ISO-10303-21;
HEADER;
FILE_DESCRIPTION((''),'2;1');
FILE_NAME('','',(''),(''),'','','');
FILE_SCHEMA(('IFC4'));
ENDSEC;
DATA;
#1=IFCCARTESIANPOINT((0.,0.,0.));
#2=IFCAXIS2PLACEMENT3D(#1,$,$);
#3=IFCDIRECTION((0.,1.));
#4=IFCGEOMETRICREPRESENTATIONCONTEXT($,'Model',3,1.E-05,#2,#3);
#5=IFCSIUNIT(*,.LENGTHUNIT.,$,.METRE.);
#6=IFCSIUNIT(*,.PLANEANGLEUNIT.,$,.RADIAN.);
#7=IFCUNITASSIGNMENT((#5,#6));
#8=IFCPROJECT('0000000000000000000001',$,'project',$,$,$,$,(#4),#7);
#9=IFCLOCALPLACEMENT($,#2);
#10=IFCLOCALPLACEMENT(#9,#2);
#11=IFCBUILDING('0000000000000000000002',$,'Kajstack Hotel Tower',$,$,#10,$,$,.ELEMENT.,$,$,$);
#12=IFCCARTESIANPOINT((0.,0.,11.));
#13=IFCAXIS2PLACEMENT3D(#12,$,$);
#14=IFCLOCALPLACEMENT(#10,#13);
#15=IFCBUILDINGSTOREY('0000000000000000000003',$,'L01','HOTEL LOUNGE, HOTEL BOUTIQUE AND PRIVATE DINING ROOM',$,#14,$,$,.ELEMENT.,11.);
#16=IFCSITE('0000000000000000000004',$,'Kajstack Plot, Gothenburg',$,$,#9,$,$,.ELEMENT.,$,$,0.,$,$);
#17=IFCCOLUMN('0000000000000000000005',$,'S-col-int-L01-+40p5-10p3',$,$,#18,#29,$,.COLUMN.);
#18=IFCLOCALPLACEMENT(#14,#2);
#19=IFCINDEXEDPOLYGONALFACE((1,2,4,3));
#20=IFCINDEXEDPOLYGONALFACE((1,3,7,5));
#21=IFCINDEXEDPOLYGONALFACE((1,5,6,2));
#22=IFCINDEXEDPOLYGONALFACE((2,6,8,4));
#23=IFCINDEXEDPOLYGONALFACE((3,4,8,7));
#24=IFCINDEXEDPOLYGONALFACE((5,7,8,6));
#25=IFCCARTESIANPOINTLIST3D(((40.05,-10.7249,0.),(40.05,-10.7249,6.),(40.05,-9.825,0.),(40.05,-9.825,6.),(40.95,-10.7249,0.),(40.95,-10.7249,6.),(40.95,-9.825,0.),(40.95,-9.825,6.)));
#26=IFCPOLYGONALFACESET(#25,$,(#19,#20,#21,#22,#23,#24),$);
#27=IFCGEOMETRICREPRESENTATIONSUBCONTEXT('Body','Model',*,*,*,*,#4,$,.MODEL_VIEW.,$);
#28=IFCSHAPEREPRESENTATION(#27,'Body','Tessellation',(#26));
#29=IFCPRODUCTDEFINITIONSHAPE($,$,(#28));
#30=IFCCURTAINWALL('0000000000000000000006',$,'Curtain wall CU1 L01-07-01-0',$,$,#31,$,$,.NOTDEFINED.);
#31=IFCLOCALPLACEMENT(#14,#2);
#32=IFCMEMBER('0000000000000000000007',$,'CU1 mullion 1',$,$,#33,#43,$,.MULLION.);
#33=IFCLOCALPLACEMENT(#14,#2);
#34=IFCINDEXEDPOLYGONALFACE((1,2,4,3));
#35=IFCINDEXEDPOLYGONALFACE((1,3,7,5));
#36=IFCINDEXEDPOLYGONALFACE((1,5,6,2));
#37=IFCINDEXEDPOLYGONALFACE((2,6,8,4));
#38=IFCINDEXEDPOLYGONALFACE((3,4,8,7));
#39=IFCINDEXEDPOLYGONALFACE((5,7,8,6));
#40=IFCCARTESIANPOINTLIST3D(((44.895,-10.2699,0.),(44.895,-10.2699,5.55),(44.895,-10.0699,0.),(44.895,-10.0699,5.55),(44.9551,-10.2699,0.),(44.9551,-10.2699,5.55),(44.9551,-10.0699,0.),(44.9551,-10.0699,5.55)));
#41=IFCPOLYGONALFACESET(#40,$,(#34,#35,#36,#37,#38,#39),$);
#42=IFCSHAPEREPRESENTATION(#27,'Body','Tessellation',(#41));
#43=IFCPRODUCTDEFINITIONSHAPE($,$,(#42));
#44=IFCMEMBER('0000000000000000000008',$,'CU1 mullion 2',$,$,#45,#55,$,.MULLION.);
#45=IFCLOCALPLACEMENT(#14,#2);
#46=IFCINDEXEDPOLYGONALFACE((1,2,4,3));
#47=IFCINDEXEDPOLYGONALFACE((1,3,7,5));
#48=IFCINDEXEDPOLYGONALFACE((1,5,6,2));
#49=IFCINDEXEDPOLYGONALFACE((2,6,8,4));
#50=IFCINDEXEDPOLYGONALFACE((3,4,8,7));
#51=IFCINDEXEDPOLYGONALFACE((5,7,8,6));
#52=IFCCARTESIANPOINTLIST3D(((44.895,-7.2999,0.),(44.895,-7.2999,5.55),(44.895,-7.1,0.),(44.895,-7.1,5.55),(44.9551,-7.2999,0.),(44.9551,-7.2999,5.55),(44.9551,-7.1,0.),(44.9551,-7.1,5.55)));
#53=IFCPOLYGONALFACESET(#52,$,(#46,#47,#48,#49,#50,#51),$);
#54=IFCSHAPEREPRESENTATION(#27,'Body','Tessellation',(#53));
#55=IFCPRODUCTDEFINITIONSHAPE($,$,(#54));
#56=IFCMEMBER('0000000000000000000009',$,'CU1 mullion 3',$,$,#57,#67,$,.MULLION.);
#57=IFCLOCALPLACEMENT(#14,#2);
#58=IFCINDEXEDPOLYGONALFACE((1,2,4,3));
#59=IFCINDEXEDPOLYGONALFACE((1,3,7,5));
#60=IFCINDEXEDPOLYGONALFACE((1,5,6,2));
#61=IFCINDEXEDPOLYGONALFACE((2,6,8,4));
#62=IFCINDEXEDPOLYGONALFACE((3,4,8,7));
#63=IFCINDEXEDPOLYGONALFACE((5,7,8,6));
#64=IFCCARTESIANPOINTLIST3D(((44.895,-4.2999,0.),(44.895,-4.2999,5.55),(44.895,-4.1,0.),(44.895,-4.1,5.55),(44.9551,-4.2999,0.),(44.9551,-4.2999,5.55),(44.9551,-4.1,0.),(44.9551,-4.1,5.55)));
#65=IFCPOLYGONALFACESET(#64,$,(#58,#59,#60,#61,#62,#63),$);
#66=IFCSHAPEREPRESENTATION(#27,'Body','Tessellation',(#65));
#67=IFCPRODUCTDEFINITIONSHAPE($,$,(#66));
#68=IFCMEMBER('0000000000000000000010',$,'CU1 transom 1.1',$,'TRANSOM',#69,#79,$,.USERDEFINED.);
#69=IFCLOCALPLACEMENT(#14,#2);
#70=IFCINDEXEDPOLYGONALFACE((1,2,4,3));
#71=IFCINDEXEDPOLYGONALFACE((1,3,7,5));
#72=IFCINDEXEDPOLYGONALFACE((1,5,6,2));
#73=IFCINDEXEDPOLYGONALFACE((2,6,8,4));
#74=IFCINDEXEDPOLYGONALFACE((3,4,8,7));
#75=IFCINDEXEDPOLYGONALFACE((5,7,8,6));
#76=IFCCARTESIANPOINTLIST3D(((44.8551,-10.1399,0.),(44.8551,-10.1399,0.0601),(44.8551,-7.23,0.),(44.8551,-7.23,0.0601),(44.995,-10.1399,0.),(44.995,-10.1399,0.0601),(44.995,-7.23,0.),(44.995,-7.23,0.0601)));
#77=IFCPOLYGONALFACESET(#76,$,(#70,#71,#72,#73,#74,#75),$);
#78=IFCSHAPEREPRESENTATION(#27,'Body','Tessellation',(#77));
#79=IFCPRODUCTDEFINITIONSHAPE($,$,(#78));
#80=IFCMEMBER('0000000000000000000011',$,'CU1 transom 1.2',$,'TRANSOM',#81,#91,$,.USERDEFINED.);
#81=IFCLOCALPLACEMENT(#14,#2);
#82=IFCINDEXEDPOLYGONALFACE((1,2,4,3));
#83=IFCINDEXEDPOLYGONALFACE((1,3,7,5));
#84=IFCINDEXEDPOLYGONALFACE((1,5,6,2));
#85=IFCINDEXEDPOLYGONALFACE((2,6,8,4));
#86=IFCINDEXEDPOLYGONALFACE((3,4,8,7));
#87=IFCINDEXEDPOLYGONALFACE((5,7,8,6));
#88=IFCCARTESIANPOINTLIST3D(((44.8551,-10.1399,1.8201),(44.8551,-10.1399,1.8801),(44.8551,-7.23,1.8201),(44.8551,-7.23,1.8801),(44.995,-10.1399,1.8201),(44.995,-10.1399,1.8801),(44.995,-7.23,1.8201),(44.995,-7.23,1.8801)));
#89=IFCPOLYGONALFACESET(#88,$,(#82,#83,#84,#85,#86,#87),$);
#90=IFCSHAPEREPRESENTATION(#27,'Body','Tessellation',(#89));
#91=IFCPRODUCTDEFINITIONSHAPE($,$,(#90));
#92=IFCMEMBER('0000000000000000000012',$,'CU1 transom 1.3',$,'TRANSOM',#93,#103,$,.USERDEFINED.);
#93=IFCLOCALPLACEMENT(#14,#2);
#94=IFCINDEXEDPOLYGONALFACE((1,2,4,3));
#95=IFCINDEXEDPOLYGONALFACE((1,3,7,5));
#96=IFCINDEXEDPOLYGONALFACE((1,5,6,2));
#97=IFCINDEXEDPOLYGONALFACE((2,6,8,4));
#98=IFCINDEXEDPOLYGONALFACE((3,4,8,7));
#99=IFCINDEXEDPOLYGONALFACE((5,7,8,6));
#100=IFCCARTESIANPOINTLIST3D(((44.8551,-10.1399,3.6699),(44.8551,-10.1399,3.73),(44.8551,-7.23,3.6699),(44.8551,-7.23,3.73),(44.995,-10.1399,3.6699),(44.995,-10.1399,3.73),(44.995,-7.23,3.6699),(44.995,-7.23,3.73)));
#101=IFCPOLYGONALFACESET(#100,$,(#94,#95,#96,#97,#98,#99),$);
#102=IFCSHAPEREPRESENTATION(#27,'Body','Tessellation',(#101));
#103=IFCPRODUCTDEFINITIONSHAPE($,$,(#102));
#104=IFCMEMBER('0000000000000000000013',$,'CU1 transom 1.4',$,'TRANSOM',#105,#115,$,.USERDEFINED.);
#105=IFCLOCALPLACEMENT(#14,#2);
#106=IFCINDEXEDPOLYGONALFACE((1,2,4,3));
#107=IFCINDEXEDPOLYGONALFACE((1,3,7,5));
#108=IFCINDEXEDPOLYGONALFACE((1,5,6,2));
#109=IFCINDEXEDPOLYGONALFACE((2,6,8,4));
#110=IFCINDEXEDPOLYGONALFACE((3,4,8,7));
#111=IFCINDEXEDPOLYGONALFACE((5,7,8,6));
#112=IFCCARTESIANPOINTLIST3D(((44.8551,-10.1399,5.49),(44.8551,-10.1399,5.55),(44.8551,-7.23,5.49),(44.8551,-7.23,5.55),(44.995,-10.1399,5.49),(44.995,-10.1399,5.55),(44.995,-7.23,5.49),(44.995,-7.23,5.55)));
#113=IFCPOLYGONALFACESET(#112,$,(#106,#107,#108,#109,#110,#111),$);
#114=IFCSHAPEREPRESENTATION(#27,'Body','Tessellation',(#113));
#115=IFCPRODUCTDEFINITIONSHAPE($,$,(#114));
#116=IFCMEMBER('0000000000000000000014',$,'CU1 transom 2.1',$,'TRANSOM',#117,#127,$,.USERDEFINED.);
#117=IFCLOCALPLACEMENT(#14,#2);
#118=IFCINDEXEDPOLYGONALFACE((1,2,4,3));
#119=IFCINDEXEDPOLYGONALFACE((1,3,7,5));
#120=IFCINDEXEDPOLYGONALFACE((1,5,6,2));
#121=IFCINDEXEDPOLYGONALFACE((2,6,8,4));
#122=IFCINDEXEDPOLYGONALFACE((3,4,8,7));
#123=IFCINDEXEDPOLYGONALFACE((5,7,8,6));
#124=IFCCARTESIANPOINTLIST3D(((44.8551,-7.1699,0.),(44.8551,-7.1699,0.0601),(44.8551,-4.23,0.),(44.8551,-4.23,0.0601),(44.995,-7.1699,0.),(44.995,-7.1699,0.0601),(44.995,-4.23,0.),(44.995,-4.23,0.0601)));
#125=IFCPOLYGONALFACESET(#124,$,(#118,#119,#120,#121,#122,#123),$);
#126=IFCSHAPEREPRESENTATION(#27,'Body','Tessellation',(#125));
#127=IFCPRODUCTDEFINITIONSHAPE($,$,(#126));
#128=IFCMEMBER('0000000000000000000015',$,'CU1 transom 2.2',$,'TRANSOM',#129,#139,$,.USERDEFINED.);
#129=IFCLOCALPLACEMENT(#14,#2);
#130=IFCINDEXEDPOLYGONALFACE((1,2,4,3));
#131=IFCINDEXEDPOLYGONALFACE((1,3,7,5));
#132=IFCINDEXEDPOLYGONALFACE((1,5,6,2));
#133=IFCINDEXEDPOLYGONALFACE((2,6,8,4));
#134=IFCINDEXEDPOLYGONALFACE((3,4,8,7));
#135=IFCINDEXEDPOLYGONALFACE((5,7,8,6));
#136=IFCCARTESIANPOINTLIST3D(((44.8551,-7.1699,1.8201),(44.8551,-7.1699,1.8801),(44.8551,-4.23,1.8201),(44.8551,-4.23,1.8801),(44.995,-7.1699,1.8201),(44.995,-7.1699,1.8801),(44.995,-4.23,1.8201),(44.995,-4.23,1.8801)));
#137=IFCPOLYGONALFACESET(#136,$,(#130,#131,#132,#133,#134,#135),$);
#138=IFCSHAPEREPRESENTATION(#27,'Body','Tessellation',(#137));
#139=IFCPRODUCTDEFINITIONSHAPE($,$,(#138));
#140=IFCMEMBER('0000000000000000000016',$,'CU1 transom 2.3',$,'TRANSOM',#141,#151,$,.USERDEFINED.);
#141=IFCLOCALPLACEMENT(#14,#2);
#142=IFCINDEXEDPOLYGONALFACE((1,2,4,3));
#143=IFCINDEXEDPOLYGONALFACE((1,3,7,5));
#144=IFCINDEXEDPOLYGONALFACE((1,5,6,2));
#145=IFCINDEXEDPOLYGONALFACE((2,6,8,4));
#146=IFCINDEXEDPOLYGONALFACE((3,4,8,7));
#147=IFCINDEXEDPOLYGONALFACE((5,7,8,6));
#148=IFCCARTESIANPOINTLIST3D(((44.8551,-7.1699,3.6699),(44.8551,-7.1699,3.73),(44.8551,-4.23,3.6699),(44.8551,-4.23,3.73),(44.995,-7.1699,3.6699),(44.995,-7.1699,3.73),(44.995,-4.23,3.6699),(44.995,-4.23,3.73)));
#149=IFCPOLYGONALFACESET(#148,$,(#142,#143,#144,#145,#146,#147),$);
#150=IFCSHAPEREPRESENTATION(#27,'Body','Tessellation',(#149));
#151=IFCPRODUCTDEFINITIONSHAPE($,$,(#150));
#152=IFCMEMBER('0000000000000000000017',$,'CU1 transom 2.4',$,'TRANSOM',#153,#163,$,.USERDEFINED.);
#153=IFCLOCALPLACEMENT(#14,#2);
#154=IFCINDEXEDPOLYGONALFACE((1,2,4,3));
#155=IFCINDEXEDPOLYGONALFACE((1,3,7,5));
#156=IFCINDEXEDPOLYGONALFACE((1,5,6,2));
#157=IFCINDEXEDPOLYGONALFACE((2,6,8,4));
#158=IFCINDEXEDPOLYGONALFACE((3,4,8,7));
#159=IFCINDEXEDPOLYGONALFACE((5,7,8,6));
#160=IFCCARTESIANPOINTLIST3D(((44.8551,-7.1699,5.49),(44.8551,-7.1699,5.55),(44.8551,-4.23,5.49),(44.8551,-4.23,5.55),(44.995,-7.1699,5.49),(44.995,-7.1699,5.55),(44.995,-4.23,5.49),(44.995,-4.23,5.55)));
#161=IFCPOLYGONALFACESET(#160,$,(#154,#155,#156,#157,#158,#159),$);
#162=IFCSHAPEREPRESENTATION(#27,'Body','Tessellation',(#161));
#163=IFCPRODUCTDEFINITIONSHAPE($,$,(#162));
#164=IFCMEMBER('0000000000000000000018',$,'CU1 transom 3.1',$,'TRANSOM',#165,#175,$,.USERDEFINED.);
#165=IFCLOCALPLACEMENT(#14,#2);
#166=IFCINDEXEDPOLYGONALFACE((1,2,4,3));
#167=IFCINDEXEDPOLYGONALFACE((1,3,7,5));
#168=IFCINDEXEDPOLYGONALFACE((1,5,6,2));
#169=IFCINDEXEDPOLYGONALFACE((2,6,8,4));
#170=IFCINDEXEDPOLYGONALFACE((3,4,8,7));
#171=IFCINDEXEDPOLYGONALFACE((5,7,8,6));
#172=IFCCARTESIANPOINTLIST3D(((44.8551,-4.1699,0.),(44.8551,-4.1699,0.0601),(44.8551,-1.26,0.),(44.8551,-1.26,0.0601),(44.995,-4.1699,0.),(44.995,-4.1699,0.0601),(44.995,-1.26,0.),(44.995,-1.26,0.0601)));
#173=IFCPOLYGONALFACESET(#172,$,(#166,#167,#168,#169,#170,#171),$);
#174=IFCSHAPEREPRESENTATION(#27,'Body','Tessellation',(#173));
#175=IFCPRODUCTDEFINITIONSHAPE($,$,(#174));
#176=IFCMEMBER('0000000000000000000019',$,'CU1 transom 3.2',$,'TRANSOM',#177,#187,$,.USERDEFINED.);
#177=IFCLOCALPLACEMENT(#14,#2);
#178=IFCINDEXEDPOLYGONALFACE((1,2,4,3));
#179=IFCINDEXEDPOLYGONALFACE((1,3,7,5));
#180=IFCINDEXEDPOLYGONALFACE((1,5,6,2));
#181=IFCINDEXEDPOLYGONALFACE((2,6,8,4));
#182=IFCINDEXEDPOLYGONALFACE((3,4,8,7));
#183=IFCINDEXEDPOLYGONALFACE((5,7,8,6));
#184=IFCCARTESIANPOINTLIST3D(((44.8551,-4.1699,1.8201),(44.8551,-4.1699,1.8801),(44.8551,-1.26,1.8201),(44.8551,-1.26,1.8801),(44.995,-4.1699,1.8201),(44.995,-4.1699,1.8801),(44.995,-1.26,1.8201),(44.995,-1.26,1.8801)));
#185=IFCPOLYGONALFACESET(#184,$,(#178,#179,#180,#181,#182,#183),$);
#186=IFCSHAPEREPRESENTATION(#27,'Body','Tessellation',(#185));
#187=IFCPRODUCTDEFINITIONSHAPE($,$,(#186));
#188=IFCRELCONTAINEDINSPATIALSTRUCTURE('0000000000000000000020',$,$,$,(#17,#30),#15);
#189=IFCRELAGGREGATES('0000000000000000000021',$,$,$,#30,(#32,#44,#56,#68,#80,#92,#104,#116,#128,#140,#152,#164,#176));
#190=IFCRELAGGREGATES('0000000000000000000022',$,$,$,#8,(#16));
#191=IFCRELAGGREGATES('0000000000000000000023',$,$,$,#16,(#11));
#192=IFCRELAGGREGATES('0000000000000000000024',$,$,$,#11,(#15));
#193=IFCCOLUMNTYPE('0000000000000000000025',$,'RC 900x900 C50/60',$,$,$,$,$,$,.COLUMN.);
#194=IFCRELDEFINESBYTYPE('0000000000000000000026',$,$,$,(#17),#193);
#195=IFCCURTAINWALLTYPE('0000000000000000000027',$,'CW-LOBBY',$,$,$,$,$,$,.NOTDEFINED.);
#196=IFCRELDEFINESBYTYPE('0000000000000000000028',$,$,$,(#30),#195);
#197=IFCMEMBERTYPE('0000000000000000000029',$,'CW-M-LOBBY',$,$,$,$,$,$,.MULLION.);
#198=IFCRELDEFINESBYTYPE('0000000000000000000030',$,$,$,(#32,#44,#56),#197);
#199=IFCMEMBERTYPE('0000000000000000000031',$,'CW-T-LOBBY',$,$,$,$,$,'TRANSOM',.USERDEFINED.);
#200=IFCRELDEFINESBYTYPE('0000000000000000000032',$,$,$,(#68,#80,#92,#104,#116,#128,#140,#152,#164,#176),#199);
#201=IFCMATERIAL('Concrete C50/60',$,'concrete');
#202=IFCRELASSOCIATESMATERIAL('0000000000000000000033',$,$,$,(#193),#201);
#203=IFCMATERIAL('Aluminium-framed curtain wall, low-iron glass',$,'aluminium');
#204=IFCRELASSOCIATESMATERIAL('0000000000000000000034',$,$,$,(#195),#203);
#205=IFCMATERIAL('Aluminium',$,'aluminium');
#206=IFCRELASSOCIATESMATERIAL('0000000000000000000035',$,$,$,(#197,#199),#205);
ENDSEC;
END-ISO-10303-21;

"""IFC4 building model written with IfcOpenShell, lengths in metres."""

from ifc_helpers import new_model, si_unit, direction, frame, origin, origin_2d, place, context, subcontext, project, spatial, rectangle, extrude, material, material_profile, profile_set, type_object, element, aggregate, save


model = new_model("IFC4")

# Units and contexts
model_context = context("Model", 3, precision=1e-05, world=origin(), true_north=direction((0.0, 1.0)))
body_context = subcontext(model_context, "Body", "Model", "MODEL_VIEW")
ifc_project = project(units=[si_unit("LENGTHUNIT", "METRE"), si_unit("PLANEANGLEUNIT", "RADIAN")], contexts=[model_context])

# Site, building, storey
site_placement = place(None, origin())
site = spatial("IfcSite", under=ifc_project, at=site_placement, Name="Kajstack Plot, Gothenburg", CompositionType="ELEMENT", RefElevation=0.0)
building_placement = place(site_placement, origin())
building = spatial("IfcBuilding", under=site, at=building_placement, Name="Kajstack Hotel Tower", CompositionType="ELEMENT")
storey_placement = place(building_placement, frame((0.0, 0.0, 11.0)))
storey = spatial("IfcBuildingStorey", under=building, at=storey_placement, Name="L01", Description="HOTEL LOUNGE, HOTEL BOUTIQUE AND PRIVATE DINING ROOM", CompositionType="ELEMENT", Elevation=11.0)

# Column
ifc_material_1 = material(Name="Concrete C50/60", Category="concrete")
ifc_material_profile_1 = material_profile(ifc_material_1, rectangle(XDim=0.8999, YDim=0.8999, at=origin_2d()), Name="RC 900x900")
ifc_profile_set_1 = profile_set([ifc_material_profile_1], Name="Concrete C50/60")
column_type = type_object("IfcColumnType", Name="RC 900x900 C50/60", PredefinedType="COLUMN", material=ifc_profile_set_1)
column_placement = place(storey_placement, frame((40.5, -10.2749, 0.0), z_axis=(0.0, 0.0, 1.0), x_axis=(1.0, 0.0, 0.0)))
element("IfcColumn", 1, at=column_placement, inside=storey, type_object=column_type, Name="S-col-int-L01-+40p5-10p3", PredefinedType="COLUMN", context=body_context, shape_type="SweptSolid", body=[
    extrude(rectangle(XDim=0.8999, YDim=0.8999, at=origin_2d()), origin(), (0.0, 0.0, 1.0), 6.0),
])

# Curtain wall, members
ifc_material_2 = material(Name="Aluminium-framed curtain wall, low-iron glass", Category="aluminium")
curtain_wall_type = type_object("IfcCurtainWallType", Name="CW-LOBBY", PredefinedType="NOTDEFINED", material=ifc_material_2)
curtain_wall_placement = place(storey_placement, origin())
curtain_wall = element("IfcCurtainWall", 2, at=curtain_wall_placement, inside=storey, type_object=curtain_wall_type, Name="Curtain wall CU1 L01-07-01-0", PredefinedType="NOTDEFINED")
ifc_material_3 = material(Name="Aluminium", Category="aluminium")
ifc_material_profile_2 = material_profile(ifc_material_3, rectangle(XDim=0.0601, YDim=0.2, at=origin_2d()), Name="Aluminium mullion 60 x 200")
ifc_profile_set_2 = profile_set([ifc_material_profile_2], Name="Aluminium")
member_type_1 = type_object("IfcMemberType", Name="CW-M-LOBBY", PredefinedType="MULLION", material=ifc_profile_set_2)
member_1_placement = place(storey_placement, frame((44.925, -10.1699, 0.0), z_axis=(0.0, 0.0, 1.0), x_axis=(-1.0, 0.0, 0.0)))
member_1 = element("IfcMember", 3, at=member_1_placement, type_object=member_type_1, Name="CU1 mullion 1", PredefinedType="MULLION", context=body_context, shape_type="SweptSolid", body=[
    extrude(rectangle(XDim=0.0601, YDim=0.2, at=origin_2d()), origin(), (0.0, 0.0, 1.0), 5.55),
])
member_2_placement = place(storey_placement, frame((44.925, -7.2, 0.0), z_axis=(0.0, 0.0, 1.0), x_axis=(-1.0, 0.0, 0.0)))
member_2 = element("IfcMember", 4, at=member_2_placement, type_object=member_type_1, Name="CU1 mullion 2", PredefinedType="MULLION", context=body_context, shape_type="SweptSolid", body=[
    extrude(rectangle(XDim=0.0601, YDim=0.2, at=origin_2d()), origin(), (0.0, 0.0, 1.0), 5.55),
])
member_3_placement = place(storey_placement, frame((44.925, -4.2, 0.0), z_axis=(0.0, 0.0, 1.0), x_axis=(-1.0, 0.0, 0.0)))
member_3 = element("IfcMember", 5, at=member_3_placement, type_object=member_type_1, Name="CU1 mullion 3", PredefinedType="MULLION", context=body_context, shape_type="SweptSolid", body=[
    extrude(rectangle(XDim=0.0601, YDim=0.2, at=origin_2d()), origin(), (0.0, 0.0, 1.0), 5.55),
])
ifc_material_profile_3 = material_profile(ifc_material_3, rectangle(XDim=0.1399, YDim=0.0601, at=origin_2d()), Name="Aluminium transom 140 x 60")
ifc_profile_set_3 = profile_set([ifc_material_profile_3], Name="Aluminium")
member_type_2 = type_object("IfcMemberType", Name="CW-T-LOBBY", ElementType="TRANSOM", PredefinedType="USERDEFINED", material=ifc_profile_set_3)
member_4_placement = place(storey_placement, frame((44.925, -10.1399, 0.03), z_axis=(0.0, 1.0, 0.0), x_axis=(-1.0, 0.0, 0.0)))
member_4 = element("IfcMember", 6, at=member_4_placement, type_object=member_type_2, Name="CU1 transom 1.1", ObjectType="TRANSOM", PredefinedType="USERDEFINED", context=body_context, shape_type="SweptSolid", body=[
    extrude(rectangle(XDim=0.1399, YDim=0.0601, at=origin_2d()), origin(), (0.0, 0.0, 1.0), 2.9099),
])
member_5_placement = place(storey_placement, frame((44.925, -10.1399, 1.8501), z_axis=(0.0, 1.0, 0.0), x_axis=(-1.0, 0.0, 0.0)))
member_5 = element("IfcMember", 7, at=member_5_placement, type_object=member_type_2, Name="CU1 transom 1.2", ObjectType="TRANSOM", PredefinedType="USERDEFINED", context=body_context, shape_type="SweptSolid", body=[
    extrude(rectangle(XDim=0.1399, YDim=0.0601, at=origin_2d()), origin(), (0.0, 0.0, 1.0), 2.9099),
])
member_6_placement = place(storey_placement, frame((44.925, -10.1399, 3.7), z_axis=(0.0, 1.0, 0.0), x_axis=(-1.0, 0.0, 0.0)))
member_6 = element("IfcMember", 8, at=member_6_placement, type_object=member_type_2, Name="CU1 transom 1.3", ObjectType="TRANSOM", PredefinedType="USERDEFINED", context=body_context, shape_type="SweptSolid", body=[
    extrude(rectangle(XDim=0.1399, YDim=0.0601, at=origin_2d()), origin(), (0.0, 0.0, 1.0), 2.9099),
])
member_7_placement = place(storey_placement, frame((44.925, -10.1399, 5.52), z_axis=(0.0, 1.0, 0.0), x_axis=(-1.0, 0.0, 0.0)))
member_7 = element("IfcMember", 9, at=member_7_placement, type_object=member_type_2, Name="CU1 transom 1.4", ObjectType="TRANSOM", PredefinedType="USERDEFINED", context=body_context, shape_type="SweptSolid", body=[
    extrude(rectangle(XDim=0.1399, YDim=0.0601, at=origin_2d()), origin(), (0.0, 0.0, 1.0), 2.9099),
])
member_8_placement = place(storey_placement, frame((44.925, -7.1699, 0.03), z_axis=(0.0, 1.0, 0.0), x_axis=(-1.0, 0.0, 0.0)))
member_8 = element("IfcMember", 10, at=member_8_placement, type_object=member_type_2, Name="CU1 transom 2.1", ObjectType="TRANSOM", PredefinedType="USERDEFINED", context=body_context, shape_type="SweptSolid", body=[
    extrude(rectangle(XDim=0.1399, YDim=0.0601, at=origin_2d()), origin(), (0.0, 0.0, 1.0), 2.9399),
])
member_9_placement = place(storey_placement, frame((44.925, -7.1699, 1.8501), z_axis=(0.0, 1.0, 0.0), x_axis=(-1.0, 0.0, 0.0)))
member_9 = element("IfcMember", 11, at=member_9_placement, type_object=member_type_2, Name="CU1 transom 2.2", ObjectType="TRANSOM", PredefinedType="USERDEFINED", context=body_context, shape_type="SweptSolid", body=[
    extrude(rectangle(XDim=0.1399, YDim=0.0601, at=origin_2d()), origin(), (0.0, 0.0, 1.0), 2.9399),
])
member_10_placement = place(storey_placement, frame((44.925, -7.1699, 3.7), z_axis=(0.0, 1.0, 0.0), x_axis=(-1.0, 0.0, 0.0)))
member_10 = element("IfcMember", 12, at=member_10_placement, type_object=member_type_2, Name="CU1 transom 2.3", ObjectType="TRANSOM", PredefinedType="USERDEFINED", context=body_context, shape_type="SweptSolid", body=[
    extrude(rectangle(XDim=0.1399, YDim=0.0601, at=origin_2d()), origin(), (0.0, 0.0, 1.0), 2.9399),
])
member_11_placement = place(storey_placement, frame((44.925, -7.1699, 5.52), z_axis=(0.0, 1.0, 0.0), x_axis=(-1.0, 0.0, 0.0)))
member_11 = element("IfcMember", 13, at=member_11_placement, type_object=member_type_2, Name="CU1 transom 2.4", ObjectType="TRANSOM", PredefinedType="USERDEFINED", context=body_context, shape_type="SweptSolid", body=[
    extrude(rectangle(XDim=0.1399, YDim=0.0601, at=origin_2d()), origin(), (0.0, 0.0, 1.0), 2.9399),
])
member_12_placement = place(storey_placement, frame((44.925, -4.1699, 0.03), z_axis=(0.0, 1.0, 0.0), x_axis=(-1.0, 0.0, 0.0)))
member_12 = element("IfcMember", 14, at=member_12_placement, type_object=member_type_2, Name="CU1 transom 3.1", ObjectType="TRANSOM", PredefinedType="USERDEFINED", context=body_context, shape_type="SweptSolid", body=[
    extrude(rectangle(XDim=0.1399, YDim=0.0601, at=origin_2d()), origin(), (0.0, 0.0, 1.0), 2.9099),
])
member_13_placement = place(storey_placement, frame((44.925, -4.1699, 1.8501), z_axis=(0.0, 1.0, 0.0), x_axis=(-1.0, 0.0, 0.0)))
member_13 = element("IfcMember", 15, at=member_13_placement, type_object=member_type_2, Name="CU1 transom 3.2", ObjectType="TRANSOM", PredefinedType="USERDEFINED", context=body_context, shape_type="SweptSolid", body=[
    extrude(rectangle(XDim=0.1399, YDim=0.0601, at=origin_2d()), origin(), (0.0, 0.0, 1.0), 2.9099),
])
aggregate(curtain_wall, [member_1, member_2, member_3, member_4, member_5, member_6, member_7, member_8, member_9, member_10, member_11, member_12, member_13])

save(model, "model.ifc")
